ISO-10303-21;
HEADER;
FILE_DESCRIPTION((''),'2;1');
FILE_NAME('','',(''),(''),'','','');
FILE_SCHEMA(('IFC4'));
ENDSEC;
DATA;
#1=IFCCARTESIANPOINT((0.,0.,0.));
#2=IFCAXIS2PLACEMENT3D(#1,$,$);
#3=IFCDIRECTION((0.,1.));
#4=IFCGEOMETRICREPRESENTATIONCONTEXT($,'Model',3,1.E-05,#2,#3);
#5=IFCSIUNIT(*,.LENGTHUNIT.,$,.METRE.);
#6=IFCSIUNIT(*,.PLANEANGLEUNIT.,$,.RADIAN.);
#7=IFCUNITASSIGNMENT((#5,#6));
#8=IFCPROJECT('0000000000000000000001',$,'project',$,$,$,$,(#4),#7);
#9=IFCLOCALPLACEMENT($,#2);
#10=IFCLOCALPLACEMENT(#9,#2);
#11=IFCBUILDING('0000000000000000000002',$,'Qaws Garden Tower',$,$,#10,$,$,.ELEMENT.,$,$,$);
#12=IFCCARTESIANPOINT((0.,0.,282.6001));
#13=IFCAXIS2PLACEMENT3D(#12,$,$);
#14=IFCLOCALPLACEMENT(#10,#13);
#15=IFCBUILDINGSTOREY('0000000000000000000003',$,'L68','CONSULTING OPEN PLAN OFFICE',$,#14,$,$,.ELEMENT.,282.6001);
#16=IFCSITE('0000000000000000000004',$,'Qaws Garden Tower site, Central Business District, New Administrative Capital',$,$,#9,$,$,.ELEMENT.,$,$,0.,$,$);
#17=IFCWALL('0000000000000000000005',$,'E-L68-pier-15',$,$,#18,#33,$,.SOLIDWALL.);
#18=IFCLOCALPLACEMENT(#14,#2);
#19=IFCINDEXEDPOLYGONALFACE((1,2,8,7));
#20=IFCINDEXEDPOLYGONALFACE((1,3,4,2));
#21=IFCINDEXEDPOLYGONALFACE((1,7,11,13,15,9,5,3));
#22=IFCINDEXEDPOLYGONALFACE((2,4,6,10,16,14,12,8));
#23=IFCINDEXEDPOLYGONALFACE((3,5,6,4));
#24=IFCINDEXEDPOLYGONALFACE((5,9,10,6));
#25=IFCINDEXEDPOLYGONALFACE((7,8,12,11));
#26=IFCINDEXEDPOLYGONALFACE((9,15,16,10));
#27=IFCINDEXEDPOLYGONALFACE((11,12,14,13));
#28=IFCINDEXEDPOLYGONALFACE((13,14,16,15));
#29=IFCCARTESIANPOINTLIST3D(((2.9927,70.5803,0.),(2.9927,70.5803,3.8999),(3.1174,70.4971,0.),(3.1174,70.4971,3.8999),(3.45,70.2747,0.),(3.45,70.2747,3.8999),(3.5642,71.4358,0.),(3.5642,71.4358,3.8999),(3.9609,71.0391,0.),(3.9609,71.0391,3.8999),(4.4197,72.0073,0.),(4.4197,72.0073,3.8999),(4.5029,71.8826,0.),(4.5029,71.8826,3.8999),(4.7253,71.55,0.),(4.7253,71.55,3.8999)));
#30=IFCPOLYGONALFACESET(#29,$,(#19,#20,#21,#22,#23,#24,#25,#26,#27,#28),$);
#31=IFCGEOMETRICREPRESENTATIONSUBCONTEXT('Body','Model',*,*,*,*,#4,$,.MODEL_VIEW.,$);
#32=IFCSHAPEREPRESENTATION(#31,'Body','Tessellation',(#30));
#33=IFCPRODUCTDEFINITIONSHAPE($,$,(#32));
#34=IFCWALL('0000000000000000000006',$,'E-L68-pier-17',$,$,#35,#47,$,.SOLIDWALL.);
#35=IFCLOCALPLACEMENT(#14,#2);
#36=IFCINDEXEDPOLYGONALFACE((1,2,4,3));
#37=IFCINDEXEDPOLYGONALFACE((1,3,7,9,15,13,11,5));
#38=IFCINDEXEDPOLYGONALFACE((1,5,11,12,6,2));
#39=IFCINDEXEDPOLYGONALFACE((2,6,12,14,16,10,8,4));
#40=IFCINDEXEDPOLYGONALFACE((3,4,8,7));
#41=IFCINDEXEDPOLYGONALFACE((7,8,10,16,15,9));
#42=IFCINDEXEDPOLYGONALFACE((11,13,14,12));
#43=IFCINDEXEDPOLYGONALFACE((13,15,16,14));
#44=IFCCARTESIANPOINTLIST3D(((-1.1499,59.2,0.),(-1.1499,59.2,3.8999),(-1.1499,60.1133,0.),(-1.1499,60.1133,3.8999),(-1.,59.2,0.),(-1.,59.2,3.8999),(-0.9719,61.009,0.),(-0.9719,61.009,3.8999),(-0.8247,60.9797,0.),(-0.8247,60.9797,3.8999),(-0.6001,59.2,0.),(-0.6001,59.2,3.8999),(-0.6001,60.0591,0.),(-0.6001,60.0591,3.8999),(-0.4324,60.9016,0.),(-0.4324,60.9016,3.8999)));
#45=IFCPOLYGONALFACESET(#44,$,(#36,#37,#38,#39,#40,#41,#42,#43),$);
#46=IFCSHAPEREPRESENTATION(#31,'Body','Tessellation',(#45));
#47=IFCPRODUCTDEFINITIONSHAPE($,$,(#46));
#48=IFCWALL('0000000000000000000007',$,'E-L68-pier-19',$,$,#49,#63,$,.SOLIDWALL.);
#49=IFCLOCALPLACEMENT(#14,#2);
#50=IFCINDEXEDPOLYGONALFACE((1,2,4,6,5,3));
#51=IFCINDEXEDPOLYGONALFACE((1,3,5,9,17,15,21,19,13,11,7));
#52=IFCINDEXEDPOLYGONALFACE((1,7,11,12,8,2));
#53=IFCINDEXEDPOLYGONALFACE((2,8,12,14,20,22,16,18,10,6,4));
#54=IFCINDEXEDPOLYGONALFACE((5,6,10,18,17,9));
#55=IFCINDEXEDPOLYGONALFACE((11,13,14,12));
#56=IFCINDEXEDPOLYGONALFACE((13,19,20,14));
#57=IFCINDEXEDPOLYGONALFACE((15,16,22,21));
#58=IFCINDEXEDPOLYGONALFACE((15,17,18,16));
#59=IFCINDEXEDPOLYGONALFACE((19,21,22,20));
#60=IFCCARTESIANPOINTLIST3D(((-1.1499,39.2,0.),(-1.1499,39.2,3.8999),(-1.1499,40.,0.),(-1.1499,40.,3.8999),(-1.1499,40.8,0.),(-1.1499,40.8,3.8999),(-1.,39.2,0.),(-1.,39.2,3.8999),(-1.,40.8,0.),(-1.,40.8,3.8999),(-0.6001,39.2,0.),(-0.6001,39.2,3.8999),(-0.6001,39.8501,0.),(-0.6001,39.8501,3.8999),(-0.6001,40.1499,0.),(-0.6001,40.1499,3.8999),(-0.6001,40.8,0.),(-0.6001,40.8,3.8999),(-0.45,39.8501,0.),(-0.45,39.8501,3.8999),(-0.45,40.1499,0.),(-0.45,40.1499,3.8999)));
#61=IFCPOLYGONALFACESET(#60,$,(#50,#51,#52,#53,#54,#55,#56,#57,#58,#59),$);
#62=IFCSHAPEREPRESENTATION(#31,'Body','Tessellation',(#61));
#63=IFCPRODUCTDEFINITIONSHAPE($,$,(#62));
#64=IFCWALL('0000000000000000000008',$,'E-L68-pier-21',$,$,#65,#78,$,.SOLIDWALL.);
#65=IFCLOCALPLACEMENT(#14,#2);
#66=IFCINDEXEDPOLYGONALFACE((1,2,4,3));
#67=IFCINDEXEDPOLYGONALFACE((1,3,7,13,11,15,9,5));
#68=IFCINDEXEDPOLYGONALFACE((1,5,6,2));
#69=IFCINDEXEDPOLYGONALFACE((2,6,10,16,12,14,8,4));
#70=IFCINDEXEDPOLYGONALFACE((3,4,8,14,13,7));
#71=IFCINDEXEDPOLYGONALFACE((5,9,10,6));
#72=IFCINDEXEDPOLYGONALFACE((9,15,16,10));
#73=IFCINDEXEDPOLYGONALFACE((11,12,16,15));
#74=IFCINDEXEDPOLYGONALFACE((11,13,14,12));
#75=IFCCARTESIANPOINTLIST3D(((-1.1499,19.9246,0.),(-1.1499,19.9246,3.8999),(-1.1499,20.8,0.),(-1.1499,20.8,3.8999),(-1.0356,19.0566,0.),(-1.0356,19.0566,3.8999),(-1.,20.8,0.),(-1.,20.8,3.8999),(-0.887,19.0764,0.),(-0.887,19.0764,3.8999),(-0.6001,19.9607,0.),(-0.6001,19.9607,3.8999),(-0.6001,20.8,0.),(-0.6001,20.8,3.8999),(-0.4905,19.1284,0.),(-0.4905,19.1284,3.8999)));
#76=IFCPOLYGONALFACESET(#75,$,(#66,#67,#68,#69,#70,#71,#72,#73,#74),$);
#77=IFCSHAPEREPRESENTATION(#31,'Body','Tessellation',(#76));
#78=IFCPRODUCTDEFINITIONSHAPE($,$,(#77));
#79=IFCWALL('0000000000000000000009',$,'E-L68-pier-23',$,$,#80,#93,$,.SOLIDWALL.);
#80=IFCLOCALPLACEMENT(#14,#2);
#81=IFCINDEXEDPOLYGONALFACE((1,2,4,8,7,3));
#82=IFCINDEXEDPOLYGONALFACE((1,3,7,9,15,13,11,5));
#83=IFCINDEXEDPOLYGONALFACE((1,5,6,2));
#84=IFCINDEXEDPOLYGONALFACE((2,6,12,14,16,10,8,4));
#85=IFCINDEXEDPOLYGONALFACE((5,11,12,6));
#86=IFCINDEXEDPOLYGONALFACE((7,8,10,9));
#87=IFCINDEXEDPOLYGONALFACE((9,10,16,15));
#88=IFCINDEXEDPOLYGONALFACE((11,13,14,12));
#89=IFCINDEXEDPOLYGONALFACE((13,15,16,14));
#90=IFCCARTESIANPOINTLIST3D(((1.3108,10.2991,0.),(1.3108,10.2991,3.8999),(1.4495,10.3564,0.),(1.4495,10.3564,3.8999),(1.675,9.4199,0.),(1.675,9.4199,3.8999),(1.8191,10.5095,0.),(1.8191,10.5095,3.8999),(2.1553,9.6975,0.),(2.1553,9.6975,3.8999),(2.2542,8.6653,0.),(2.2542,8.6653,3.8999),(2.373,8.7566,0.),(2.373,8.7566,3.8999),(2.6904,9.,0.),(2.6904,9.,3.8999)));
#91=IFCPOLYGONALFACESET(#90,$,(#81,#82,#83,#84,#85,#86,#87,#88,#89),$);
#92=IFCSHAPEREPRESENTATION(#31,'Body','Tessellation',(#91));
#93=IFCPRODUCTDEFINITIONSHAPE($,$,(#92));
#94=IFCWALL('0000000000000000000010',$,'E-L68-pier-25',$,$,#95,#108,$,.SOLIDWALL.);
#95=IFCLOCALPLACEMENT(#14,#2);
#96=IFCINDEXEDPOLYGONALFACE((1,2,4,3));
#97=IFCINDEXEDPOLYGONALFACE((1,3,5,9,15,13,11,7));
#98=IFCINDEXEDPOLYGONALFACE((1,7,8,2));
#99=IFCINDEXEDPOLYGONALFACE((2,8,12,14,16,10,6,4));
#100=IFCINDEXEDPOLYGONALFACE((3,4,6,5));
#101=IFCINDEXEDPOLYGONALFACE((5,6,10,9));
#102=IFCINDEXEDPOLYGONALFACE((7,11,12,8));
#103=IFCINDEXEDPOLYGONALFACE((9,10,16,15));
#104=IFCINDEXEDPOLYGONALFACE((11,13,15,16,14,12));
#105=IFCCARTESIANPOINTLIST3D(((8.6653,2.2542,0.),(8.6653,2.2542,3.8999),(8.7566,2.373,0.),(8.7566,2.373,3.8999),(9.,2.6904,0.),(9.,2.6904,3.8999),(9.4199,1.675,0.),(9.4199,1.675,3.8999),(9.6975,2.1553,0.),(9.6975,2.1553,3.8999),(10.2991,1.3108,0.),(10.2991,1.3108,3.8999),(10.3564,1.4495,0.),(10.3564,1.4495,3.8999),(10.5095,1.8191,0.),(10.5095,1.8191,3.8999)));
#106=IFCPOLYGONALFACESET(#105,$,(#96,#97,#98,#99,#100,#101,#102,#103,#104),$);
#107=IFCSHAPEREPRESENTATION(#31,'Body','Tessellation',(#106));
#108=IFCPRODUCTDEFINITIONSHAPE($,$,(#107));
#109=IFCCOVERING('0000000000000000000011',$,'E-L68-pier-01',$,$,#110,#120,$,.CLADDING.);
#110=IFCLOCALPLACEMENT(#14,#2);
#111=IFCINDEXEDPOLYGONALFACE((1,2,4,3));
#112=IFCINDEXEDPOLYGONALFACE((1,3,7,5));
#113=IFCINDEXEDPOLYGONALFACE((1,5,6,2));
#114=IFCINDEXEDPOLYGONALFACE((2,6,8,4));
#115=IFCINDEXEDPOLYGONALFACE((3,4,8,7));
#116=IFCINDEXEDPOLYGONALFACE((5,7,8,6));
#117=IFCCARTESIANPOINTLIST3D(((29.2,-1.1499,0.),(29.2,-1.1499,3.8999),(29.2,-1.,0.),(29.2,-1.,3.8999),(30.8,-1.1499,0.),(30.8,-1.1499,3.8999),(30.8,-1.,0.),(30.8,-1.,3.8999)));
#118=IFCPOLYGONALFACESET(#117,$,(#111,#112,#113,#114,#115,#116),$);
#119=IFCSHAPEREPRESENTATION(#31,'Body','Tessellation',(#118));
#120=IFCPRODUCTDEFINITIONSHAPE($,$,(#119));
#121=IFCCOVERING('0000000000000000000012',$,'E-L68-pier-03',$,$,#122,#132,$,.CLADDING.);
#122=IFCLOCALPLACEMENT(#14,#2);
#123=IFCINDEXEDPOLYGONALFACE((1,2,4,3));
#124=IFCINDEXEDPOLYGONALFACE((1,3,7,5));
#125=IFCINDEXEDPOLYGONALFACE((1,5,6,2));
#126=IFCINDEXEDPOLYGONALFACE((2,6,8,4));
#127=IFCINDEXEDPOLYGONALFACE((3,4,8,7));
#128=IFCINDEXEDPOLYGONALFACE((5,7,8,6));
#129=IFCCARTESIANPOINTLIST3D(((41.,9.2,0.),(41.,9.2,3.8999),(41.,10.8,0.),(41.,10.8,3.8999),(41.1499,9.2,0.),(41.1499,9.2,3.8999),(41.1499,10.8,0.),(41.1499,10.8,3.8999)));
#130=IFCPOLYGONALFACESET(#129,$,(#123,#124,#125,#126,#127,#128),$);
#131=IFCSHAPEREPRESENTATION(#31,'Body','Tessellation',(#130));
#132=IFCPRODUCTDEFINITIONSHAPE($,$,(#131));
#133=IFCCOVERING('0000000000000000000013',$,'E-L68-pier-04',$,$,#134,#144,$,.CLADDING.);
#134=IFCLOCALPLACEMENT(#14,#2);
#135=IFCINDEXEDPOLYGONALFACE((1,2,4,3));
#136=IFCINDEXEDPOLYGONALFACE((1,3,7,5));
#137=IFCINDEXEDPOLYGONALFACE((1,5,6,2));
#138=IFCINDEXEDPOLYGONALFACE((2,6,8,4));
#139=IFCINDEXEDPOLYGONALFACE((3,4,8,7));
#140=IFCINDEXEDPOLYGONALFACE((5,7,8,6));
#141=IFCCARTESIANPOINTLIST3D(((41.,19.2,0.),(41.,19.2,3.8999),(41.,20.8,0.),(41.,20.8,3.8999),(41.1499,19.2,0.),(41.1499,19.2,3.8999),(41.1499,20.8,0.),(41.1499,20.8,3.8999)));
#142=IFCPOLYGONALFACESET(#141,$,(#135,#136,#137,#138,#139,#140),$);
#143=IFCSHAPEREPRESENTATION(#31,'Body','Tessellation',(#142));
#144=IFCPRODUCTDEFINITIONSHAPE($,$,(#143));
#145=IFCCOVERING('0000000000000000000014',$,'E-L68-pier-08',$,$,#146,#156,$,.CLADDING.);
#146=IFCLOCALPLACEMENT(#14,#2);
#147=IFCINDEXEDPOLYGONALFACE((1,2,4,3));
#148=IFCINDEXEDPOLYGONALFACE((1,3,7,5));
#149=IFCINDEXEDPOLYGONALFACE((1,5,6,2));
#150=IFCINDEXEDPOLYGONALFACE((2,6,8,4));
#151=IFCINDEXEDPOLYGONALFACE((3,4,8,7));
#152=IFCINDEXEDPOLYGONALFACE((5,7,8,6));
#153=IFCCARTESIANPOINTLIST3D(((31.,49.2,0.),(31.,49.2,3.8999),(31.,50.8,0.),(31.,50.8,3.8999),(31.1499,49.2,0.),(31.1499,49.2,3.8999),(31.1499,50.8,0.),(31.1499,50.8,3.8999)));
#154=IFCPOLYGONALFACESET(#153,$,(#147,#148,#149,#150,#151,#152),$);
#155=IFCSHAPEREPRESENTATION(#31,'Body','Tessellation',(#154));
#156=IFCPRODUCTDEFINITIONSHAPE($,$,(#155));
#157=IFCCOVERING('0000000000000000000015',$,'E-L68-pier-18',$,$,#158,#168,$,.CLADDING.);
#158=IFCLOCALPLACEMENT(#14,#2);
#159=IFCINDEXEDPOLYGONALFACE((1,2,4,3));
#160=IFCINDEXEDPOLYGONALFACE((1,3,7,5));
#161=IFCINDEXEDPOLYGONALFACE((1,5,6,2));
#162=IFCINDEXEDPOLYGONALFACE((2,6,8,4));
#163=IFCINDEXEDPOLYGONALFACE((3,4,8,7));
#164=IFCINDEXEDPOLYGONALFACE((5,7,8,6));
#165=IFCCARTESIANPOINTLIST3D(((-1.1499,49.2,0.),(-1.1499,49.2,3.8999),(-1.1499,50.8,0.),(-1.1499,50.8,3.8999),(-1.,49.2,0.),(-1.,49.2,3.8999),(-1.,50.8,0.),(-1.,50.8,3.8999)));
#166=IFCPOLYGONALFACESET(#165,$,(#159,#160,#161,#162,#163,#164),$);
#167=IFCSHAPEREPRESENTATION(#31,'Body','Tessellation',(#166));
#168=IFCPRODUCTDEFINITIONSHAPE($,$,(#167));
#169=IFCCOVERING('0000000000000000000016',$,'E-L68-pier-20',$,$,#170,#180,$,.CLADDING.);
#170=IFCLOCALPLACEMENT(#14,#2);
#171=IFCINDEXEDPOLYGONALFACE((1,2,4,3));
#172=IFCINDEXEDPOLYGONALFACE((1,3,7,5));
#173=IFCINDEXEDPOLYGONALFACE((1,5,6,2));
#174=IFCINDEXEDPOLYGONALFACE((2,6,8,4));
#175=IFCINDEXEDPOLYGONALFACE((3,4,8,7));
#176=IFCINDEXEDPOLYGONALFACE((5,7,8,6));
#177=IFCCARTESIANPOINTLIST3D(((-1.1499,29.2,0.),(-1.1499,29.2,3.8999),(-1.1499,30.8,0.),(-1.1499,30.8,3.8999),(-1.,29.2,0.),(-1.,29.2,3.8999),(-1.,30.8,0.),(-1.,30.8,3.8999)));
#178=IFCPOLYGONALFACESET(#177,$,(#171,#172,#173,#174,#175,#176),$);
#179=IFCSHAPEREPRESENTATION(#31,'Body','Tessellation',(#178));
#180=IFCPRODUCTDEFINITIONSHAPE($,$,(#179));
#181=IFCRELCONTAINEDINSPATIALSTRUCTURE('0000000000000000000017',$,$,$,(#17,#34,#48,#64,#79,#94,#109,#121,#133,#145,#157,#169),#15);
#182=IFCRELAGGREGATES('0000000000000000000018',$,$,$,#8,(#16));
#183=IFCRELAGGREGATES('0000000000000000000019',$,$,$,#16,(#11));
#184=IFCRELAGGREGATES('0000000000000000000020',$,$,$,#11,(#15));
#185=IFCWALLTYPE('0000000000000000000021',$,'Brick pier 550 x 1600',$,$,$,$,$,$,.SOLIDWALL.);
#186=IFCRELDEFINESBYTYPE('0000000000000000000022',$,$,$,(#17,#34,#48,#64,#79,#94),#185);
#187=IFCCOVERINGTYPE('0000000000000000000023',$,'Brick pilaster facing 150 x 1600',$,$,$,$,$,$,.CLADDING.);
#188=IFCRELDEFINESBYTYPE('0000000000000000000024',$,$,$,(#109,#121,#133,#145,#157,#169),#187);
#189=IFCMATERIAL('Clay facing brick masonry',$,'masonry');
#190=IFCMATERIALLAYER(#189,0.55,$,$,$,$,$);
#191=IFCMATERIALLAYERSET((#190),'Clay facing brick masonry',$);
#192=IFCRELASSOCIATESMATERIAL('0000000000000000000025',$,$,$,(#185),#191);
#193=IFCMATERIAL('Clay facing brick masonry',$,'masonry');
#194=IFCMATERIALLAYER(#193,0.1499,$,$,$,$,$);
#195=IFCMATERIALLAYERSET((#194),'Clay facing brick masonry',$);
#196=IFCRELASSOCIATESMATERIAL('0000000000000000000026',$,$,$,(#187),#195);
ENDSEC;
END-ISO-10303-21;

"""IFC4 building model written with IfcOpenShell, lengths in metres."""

from ifc_helpers import new_model, si_unit, direction, frame, origin, place, context, subcontext, project, spatial, polyline, outline, extrude, material, layer, layer_set, type_object, element, save


model = new_model("IFC4")

# Units and contexts
model_context = context("Model", 3, precision=1e-05, world=origin(), true_north=direction((0.0, 1.0)))
body_context = subcontext(model_context, "Body", "Model", "MODEL_VIEW")
ifc_project = project(units=[si_unit("LENGTHUNIT", "METRE"), si_unit("PLANEANGLEUNIT", "RADIAN")], contexts=[model_context])

# Site, building, storey
site_placement = place(None, origin())
site = spatial("IfcSite", under=ifc_project, at=site_placement, Name="Qaws Garden Tower site, Central Business District, New Administrative Capital", CompositionType="ELEMENT", RefElevation=0.0)
building_placement = place(site_placement, origin())
building = spatial("IfcBuilding", under=site, at=building_placement, Name="Qaws Garden Tower", CompositionType="ELEMENT")
storey_placement = place(building_placement, frame((0.0, 0.0, 282.6001)))
storey = spatial("IfcBuildingStorey", under=building, at=storey_placement, Name="L68", Description="CONSULTING OPEN PLAN OFFICE", CompositionType="ELEMENT", Elevation=282.6001)

# Walls
placement = place(storey_placement, origin())
ifc_material_1 = material(Name="Clay facing brick masonry", Category="masonry")
ifc_layer_1 = layer(ifc_material_1, 0.55)
ifc_layer_set_1 = layer_set([ifc_layer_1], Name="Clay facing brick masonry")
wall_type_1 = type_object("IfcWallType", Name="Brick pier 550 x 1600", PredefinedType="SOLIDWALL", material=ifc_layer_set_1)
element("IfcWall", 1, at=placement, inside=storey, type_object=wall_type_1, Name="E-L68-pier-15", PredefinedType="SOLIDWALL", context=body_context, shape_type="SweptSolid", body=[
    extrude(outline(polyline([(4.5029, 71.8826), (4.4197, 72.0073), (3.5642, 71.4358), (2.9927, 70.5803), (3.1174, 70.4971), (3.45, 70.2747), (3.9609, 71.0391), (4.7253, 71.55), (4.5029, 71.8826)])), origin(), (0.0, 0.0, 1.0), 3.8999),
])
element("IfcWall", 2, at=placement, inside=storey, type_object=wall_type_1, Name="E-L68-pier-17", PredefinedType="SOLIDWALL", context=body_context, shape_type="SweptSolid", body=[
    extrude(outline(polyline([(-0.8247, 60.9797), (-0.9719, 61.009), (-1.1499, 60.1133), (-1.1499, 59.2), (-1.0, 59.2), (-0.6001, 59.2), (-0.6001, 60.0591), (-0.4324, 60.9016), (-0.8247, 60.9797)])), origin(), (0.0, 0.0, 1.0), 3.8999),
])
element("IfcWall", 3, at=placement, inside=storey, type_object=wall_type_1, Name="E-L68-pier-19", PredefinedType="SOLIDWALL", context=body_context, shape_type="SweptSolid", body=[
    extrude(outline(polyline([(-0.6001, 39.2), (-0.6001, 39.8501), (-0.45, 39.8501), (-0.45, 40.1499), (-0.6001, 40.1499), (-0.6001, 40.8), (-1.0, 40.8), (-1.1499, 40.8), (-1.1499, 40.0), (-1.1499, 39.2), (-1.0, 39.2), (-0.6001, 39.2)])), origin(), (0.0, 0.0, 1.0), 3.8999),
])
element("IfcWall", 4, at=placement, inside=storey, type_object=wall_type_1, Name="E-L68-pier-21", PredefinedType="SOLIDWALL", context=body_context, shape_type="SweptSolid", body=[
    extrude(outline(polyline([(-1.0, 20.8), (-1.1499, 20.8), (-1.1499, 19.9246), (-1.0356, 19.0566), (-0.887, 19.0764), (-0.4905, 19.1284), (-0.6001, 19.9607), (-0.6001, 20.8), (-1.0, 20.8)])), origin(), (0.0, 0.0, 1.0), 3.8999),
])
element("IfcWall", 5, at=placement, inside=storey, type_object=wall_type_1, Name="E-L68-pier-23", PredefinedType="SOLIDWALL", context=body_context, shape_type="SweptSolid", body=[
    extrude(outline(polyline([(1.4495, 10.3564), (1.3108, 10.2991), (1.675, 9.4199), (2.2542, 8.6653), (2.373, 8.7566), (2.6904, 9.0), (2.1553, 9.6975), (1.8191, 10.5095), (1.4495, 10.3564)])), origin(), (0.0, 0.0, 1.0), 3.8999),
])
element("IfcWall", 6, at=placement, inside=storey, type_object=wall_type_1, Name="E-L68-pier-25", PredefinedType="SOLIDWALL", context=body_context, shape_type="SweptSolid", body=[
    extrude(outline(polyline([(8.7566, 2.373), (8.6653, 2.2542), (9.4199, 1.675), (10.2991, 1.3108), (10.3564, 1.4495), (10.5095, 1.8191), (9.6975, 2.1553), (9.0, 2.6904), (8.7566, 2.373)])), origin(), (0.0, 0.0, 1.0), 3.8999),
])

# Coverings
ifc_material_2 = material(Name="Clay facing brick masonry", Category="masonry")
ifc_layer_2 = layer(ifc_material_2, 0.1499)
ifc_layer_set_2 = layer_set([ifc_layer_2], Name="Clay facing brick masonry")
covering_type = type_object("IfcCoveringType", Name="Brick pilaster facing 150 x 1600", PredefinedType="CLADDING", material=ifc_layer_set_2)
element("IfcCovering", 7, at=placement, inside=storey, type_object=covering_type, Name="E-L68-pier-01", PredefinedType="CLADDING", context=body_context, shape_type="SweptSolid", body=[
    extrude(outline(polyline([(29.2, -1.0), (30.8, -1.0), (30.8, -1.1499), (29.2, -1.1499), (29.2, -1.0)])), origin(), (0.0, 0.0, 1.0), 3.8999),
])
element("IfcCovering", 8, at=placement, inside=storey, type_object=covering_type, Name="E-L68-pier-03", PredefinedType="CLADDING", context=body_context, shape_type="SweptSolid", body=[
    extrude(outline(polyline([(41.0, 9.2), (41.0, 10.8), (41.1499, 10.8), (41.1499, 9.2), (41.0, 9.2)])), origin(), (0.0, 0.0, 1.0), 3.8999),
])
element("IfcCovering", 9, at=placement, inside=storey, type_object=covering_type, Name="E-L68-pier-04", PredefinedType="CLADDING", context=body_context, shape_type="SweptSolid", body=[
    extrude(outline(polyline([(41.0, 19.2), (41.0, 20.8), (41.1499, 20.8), (41.1499, 19.2), (41.0, 19.2)])), origin(), (0.0, 0.0, 1.0), 3.8999),
])
element("IfcCovering", 10, at=placement, inside=storey, type_object=covering_type, Name="E-L68-pier-08", PredefinedType="CLADDING", context=body_context, shape_type="SweptSolid", body=[
    extrude(outline(polyline([(31.0, 49.2), (31.0, 50.8), (31.1499, 50.8), (31.1499, 49.2), (31.0, 49.2)])), origin(), (0.0, 0.0, 1.0), 3.8999),
])
element("IfcCovering", 11, at=placement, inside=storey, type_object=covering_type, Name="E-L68-pier-18", PredefinedType="CLADDING", context=body_context, shape_type="SweptSolid", body=[
    extrude(outline(polyline([(-1.0, 50.8), (-1.0, 49.2), (-1.1499, 49.2), (-1.1499, 50.8), (-1.0, 50.8)])), origin(), (0.0, 0.0, 1.0), 3.8999),
])
element("IfcCovering", 12, at=placement, inside=storey, type_object=covering_type, Name="E-L68-pier-20", PredefinedType="CLADDING", context=body_context, shape_type="SweptSolid", body=[
    extrude(outline(polyline([(-1.0, 30.8), (-1.0, 29.2), (-1.1499, 29.2), (-1.1499, 30.8), (-1.0, 30.8)])), origin(), (0.0, 0.0, 1.0), 3.8999),
])

save(model, "model.ifc")
